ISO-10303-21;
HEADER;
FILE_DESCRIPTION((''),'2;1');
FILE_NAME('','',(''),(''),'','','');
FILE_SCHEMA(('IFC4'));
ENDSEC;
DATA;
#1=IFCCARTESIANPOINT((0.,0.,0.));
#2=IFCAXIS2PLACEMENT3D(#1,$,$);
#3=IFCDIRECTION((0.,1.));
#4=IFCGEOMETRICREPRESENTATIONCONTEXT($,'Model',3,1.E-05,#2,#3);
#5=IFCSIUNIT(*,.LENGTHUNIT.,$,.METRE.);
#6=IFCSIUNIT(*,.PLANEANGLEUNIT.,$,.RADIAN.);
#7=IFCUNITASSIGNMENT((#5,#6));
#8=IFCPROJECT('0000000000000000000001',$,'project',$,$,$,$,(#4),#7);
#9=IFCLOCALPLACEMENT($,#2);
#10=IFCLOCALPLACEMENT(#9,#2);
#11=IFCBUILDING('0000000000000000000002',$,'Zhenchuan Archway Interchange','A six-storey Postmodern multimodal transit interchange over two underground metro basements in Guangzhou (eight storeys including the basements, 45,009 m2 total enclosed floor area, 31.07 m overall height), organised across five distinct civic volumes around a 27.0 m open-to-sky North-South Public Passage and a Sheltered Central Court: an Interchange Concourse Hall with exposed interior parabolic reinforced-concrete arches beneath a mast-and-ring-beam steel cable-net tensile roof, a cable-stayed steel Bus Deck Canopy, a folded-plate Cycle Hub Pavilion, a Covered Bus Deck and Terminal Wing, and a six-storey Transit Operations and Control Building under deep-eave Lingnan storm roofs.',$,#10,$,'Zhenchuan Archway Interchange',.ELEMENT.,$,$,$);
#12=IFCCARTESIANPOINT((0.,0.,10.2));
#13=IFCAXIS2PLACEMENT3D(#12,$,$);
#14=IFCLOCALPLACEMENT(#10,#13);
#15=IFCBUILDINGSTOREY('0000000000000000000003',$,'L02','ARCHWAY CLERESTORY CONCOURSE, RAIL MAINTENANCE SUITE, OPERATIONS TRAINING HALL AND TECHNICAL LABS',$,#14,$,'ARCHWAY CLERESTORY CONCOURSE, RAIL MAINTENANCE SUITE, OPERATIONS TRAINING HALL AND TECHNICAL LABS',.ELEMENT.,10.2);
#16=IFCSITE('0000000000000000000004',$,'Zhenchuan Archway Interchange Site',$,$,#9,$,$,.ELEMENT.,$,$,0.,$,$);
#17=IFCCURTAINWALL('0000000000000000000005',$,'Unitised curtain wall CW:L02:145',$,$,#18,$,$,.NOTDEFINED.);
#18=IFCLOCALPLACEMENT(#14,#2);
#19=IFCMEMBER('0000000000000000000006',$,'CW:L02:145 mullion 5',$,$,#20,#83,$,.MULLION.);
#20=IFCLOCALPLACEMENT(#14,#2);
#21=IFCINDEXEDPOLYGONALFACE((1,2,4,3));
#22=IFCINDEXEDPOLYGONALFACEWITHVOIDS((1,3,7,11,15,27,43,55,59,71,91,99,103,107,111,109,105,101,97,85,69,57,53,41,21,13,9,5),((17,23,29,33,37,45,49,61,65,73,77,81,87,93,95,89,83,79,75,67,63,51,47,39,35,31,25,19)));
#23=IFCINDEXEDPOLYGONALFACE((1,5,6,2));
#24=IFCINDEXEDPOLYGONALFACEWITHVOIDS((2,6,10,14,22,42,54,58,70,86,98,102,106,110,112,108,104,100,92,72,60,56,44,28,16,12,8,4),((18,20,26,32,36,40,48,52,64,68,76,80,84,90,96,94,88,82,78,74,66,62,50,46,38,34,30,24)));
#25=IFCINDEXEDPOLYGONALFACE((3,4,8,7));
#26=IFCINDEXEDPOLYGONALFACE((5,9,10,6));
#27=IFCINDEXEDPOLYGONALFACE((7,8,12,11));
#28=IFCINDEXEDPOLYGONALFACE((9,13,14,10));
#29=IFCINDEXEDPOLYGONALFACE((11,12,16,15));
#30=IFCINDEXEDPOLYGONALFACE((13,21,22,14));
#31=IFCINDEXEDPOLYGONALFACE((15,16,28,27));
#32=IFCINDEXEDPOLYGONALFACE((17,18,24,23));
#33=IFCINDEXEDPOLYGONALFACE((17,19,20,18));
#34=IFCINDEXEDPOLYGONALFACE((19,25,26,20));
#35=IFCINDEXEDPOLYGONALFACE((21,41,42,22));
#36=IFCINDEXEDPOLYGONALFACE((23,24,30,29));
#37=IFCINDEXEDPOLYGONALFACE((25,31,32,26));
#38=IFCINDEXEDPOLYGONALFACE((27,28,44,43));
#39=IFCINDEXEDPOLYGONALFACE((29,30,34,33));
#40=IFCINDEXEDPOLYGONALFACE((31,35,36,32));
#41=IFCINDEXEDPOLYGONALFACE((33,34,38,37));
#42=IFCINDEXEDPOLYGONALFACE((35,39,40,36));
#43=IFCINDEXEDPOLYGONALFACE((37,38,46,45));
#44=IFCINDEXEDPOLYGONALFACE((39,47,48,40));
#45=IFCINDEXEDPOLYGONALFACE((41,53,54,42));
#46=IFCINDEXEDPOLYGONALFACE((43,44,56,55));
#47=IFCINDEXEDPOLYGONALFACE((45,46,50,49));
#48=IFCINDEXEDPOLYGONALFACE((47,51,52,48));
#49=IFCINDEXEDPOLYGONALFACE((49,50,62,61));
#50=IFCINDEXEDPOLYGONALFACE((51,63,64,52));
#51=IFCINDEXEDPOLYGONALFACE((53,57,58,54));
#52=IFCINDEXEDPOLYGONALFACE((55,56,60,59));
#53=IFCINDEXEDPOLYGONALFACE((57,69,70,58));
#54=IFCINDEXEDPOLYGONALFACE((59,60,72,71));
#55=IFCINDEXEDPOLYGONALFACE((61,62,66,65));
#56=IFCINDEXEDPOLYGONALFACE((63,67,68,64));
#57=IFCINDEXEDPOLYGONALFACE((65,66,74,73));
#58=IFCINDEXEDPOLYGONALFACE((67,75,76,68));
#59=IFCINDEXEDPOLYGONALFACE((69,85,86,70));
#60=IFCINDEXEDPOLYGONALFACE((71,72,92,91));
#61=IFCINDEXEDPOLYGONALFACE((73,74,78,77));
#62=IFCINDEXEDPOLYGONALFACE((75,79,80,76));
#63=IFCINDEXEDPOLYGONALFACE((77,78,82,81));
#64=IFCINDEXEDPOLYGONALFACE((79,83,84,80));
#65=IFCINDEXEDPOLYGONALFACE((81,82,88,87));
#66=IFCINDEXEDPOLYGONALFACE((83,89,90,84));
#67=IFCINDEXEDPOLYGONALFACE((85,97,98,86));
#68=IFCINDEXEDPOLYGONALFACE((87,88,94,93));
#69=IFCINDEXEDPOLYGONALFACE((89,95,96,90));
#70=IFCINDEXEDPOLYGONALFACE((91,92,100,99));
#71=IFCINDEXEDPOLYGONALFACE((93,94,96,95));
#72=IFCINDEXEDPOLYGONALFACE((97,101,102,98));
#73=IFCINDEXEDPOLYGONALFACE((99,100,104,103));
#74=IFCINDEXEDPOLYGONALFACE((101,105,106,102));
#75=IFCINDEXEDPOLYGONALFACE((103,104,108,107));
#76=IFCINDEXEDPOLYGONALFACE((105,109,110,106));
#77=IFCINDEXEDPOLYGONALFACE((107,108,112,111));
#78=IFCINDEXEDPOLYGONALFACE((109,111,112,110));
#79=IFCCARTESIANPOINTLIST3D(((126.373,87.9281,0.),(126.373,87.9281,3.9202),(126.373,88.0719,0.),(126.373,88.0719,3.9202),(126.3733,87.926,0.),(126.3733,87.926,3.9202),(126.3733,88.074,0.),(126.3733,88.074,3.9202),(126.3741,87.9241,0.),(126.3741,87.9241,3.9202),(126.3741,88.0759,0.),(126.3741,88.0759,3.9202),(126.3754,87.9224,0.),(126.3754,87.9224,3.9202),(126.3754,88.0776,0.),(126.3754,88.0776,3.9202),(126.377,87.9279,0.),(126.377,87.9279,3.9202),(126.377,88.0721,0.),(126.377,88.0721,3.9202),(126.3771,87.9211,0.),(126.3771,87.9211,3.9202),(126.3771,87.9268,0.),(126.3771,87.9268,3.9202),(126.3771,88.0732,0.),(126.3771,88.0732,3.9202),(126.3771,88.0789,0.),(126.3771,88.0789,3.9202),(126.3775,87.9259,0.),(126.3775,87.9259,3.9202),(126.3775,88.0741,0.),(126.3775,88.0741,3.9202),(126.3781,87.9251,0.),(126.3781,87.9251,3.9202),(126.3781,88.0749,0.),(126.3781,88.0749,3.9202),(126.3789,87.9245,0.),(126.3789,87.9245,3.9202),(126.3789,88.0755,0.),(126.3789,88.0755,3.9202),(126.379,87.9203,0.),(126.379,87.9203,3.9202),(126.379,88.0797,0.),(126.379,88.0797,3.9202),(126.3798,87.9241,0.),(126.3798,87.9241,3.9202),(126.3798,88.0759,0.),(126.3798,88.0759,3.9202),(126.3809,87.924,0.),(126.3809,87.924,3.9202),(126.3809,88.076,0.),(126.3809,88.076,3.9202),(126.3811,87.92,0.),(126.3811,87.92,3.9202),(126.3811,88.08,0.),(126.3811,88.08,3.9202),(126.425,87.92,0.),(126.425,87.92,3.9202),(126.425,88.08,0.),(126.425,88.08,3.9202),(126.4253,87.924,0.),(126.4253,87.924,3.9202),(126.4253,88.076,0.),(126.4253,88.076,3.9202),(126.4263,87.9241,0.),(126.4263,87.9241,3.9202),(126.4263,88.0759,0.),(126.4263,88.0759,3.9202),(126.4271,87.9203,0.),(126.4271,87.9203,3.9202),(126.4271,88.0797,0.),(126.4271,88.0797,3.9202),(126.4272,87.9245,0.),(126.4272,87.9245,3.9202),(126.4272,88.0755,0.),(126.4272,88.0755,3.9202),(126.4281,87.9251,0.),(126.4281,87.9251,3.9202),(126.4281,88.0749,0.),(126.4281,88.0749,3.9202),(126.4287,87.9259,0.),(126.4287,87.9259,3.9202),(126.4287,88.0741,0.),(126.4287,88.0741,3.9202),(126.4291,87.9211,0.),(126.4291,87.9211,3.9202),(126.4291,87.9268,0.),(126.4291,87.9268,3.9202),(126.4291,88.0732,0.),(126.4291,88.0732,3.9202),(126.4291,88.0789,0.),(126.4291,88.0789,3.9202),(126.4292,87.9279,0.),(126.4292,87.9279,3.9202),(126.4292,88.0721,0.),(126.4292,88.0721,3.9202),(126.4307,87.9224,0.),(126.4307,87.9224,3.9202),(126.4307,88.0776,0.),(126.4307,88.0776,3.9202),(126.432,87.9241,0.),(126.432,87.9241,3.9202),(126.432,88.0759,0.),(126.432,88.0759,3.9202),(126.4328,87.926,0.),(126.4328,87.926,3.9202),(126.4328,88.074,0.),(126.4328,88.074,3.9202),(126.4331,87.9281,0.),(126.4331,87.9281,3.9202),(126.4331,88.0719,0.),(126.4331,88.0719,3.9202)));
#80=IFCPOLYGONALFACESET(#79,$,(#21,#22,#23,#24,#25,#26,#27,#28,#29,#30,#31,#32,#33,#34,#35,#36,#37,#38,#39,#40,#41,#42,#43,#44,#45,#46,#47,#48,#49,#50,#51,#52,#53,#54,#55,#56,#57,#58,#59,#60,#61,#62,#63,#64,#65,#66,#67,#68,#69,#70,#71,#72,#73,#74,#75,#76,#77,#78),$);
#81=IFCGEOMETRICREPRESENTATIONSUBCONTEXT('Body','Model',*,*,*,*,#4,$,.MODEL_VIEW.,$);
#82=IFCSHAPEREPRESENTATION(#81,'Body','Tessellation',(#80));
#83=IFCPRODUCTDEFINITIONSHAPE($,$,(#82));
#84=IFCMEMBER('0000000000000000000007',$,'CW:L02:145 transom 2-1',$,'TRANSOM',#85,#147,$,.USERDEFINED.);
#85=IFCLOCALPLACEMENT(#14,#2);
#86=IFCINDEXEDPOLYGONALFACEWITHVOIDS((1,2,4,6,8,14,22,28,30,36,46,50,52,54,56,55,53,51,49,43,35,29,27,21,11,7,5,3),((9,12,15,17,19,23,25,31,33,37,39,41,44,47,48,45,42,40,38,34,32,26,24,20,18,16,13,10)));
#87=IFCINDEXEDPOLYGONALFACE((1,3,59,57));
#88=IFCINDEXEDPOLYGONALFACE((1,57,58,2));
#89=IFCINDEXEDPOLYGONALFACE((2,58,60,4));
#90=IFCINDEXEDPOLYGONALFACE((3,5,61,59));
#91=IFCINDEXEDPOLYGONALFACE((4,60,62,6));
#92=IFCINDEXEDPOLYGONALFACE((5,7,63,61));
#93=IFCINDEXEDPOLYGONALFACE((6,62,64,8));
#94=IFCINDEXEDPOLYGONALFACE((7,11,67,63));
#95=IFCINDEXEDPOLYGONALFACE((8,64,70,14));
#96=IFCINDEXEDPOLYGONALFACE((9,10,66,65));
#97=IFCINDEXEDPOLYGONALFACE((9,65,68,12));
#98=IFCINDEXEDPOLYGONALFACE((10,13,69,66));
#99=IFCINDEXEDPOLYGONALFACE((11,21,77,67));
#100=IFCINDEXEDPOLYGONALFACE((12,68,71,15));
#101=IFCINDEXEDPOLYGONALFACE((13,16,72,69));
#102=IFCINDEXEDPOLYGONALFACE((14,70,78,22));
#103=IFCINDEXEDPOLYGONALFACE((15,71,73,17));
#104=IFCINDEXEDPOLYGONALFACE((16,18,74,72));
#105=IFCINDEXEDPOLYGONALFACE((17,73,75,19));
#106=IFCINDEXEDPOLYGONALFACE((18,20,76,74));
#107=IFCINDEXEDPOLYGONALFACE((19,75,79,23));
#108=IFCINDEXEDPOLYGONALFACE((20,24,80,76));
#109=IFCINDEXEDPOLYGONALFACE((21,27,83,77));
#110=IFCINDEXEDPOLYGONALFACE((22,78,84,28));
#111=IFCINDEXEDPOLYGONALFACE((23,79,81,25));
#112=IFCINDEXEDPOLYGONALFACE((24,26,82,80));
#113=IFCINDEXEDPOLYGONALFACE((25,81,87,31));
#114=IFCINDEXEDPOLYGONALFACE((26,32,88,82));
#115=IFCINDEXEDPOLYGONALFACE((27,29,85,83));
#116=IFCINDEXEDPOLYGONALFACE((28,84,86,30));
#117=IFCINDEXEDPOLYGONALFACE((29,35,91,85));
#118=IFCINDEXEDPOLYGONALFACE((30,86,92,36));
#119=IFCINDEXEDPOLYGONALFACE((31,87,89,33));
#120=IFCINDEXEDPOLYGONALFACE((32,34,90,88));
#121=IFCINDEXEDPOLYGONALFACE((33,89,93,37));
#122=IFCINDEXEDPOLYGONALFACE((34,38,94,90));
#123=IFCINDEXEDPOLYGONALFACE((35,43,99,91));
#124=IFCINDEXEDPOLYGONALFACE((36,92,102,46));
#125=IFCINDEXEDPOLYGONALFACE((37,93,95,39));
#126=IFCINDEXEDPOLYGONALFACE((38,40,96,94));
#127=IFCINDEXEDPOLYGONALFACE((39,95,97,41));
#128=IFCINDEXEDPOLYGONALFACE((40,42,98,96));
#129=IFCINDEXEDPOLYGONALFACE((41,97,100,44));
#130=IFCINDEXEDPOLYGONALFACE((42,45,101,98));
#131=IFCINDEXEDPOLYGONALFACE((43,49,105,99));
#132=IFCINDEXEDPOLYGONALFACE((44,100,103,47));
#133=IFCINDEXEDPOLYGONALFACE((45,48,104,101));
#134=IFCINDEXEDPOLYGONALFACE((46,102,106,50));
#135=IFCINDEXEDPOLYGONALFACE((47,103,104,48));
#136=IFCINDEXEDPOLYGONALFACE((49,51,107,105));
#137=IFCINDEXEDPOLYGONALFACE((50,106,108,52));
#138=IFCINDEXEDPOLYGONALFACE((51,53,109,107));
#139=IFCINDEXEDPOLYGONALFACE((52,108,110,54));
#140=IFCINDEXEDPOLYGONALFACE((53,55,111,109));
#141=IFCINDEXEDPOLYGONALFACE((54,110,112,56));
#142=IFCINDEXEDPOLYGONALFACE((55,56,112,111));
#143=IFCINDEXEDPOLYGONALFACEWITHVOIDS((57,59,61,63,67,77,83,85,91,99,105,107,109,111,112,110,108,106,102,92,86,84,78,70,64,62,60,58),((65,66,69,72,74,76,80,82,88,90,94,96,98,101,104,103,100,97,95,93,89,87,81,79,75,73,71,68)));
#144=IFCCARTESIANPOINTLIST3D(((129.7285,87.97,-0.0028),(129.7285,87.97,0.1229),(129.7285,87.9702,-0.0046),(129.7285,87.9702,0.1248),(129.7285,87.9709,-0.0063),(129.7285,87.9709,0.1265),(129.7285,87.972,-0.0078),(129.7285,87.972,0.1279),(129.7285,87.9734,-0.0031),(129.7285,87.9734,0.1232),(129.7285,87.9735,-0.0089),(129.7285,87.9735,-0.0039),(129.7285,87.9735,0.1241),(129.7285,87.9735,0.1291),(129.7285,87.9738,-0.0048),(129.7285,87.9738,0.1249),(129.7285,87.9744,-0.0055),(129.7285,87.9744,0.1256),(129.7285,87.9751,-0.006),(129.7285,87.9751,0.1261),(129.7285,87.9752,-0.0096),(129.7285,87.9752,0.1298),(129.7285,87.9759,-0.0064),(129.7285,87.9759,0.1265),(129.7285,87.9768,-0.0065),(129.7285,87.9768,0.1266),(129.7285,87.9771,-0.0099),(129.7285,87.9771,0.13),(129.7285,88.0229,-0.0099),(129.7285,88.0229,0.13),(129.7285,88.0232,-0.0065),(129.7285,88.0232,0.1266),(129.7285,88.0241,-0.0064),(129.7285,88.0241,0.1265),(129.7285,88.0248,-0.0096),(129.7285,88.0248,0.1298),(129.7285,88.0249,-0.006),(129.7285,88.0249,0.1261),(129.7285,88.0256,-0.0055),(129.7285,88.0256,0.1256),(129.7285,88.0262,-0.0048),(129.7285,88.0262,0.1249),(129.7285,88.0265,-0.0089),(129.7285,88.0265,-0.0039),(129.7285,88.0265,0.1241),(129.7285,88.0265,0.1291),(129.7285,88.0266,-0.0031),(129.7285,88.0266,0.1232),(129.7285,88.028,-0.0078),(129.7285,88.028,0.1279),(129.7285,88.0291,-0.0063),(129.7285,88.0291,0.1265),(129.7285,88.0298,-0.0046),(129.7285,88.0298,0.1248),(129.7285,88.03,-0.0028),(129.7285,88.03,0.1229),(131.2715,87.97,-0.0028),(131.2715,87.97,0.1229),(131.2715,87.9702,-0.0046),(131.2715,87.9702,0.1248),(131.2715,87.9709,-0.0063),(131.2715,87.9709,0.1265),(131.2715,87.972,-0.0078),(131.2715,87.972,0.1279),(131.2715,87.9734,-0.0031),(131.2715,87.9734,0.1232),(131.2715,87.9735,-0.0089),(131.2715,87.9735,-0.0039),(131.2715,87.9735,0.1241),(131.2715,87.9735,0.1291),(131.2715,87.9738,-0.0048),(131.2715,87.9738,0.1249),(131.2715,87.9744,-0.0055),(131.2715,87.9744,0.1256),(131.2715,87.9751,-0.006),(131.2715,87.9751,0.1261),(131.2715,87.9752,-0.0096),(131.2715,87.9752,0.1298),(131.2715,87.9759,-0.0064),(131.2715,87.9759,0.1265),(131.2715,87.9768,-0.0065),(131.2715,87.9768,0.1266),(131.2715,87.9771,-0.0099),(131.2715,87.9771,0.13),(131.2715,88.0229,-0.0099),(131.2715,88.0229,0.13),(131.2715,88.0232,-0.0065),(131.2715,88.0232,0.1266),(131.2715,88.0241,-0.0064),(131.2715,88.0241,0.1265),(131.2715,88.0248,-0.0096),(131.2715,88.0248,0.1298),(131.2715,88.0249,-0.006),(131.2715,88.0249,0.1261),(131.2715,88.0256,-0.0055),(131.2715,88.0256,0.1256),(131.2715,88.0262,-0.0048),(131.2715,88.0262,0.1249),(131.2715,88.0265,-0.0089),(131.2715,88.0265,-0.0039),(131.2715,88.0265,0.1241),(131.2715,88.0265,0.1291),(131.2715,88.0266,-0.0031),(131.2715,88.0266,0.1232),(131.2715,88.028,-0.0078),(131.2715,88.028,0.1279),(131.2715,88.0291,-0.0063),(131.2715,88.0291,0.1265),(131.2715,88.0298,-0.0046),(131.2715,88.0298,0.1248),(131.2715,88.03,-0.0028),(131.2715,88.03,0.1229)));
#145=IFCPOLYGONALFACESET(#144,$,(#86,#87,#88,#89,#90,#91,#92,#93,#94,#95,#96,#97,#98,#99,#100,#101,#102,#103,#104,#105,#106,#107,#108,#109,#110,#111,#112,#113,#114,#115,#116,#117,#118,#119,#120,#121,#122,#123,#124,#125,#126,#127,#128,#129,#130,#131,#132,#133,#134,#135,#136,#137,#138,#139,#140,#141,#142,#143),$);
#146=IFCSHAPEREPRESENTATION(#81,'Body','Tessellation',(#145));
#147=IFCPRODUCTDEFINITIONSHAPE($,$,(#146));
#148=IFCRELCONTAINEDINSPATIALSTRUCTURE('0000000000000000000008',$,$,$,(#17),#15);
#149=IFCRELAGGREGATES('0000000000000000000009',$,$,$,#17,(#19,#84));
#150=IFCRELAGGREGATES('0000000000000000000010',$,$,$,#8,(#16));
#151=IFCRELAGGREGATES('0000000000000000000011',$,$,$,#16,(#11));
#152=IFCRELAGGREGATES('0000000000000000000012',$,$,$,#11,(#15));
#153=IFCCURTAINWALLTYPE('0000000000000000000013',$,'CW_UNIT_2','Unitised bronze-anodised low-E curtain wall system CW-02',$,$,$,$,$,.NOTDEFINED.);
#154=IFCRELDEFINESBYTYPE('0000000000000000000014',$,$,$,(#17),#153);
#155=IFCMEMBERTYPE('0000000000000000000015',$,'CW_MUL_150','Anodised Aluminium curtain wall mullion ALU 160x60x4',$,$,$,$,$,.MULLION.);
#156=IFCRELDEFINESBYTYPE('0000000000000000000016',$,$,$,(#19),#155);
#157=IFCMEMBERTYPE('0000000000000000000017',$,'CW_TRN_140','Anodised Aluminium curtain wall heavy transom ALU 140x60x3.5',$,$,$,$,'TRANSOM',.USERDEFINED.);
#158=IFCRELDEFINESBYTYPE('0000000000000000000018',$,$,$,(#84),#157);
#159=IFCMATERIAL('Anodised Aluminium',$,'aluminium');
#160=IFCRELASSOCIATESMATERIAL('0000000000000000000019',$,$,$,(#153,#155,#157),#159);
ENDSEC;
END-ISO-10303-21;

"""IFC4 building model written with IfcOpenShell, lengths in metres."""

from ifc_helpers import new_model, si_unit, direction, frame, origin, origin_2d, place, context, subcontext, project, spatial, hollow_rectangle, extrude, material, material_profile, profile_set, type_object, element, aggregate, save


model = new_model("IFC4")

# Units and contexts
model_context = context("Model", 3, precision=1e-05, world=origin(), true_north=direction((0.0, 1.0)))
body_context = subcontext(model_context, "Body", "Model", "MODEL_VIEW")
ifc_project = project(units=[si_unit("LENGTHUNIT", "METRE"), si_unit("PLANEANGLEUNIT", "RADIAN")], contexts=[model_context])

# Site, building, storey
site_placement = place(None, origin())
site = spatial("IfcSite", under=ifc_project, at=site_placement, Name="Zhenchuan Archway Interchange Site", CompositionType="ELEMENT", RefElevation=0.0)
building_placement = place(site_placement, origin())
building = spatial("IfcBuilding", under=site, at=building_placement, Name="Zhenchuan Archway Interchange", Description="A six-storey Postmodern multimodal transit interchange over two underground metro basements in Guangzhou (eight storeys including the basements, 45,009 m2 total enclosed floor area, 31.07 m overall height), organised across five distinct civic volumes around a 27.0 m open-to-sky North-South Public Passage and a Sheltered Central Court: an Interchange Concourse Hall with exposed interior parabolic reinforced-concrete arches beneath a mast-and-ring-beam steel cable-net tensile roof, a cable-stayed steel Bus Deck Canopy, a folded-plate Cycle Hub Pavilion, a Covered Bus Deck and Terminal Wing, and a six-storey Transit Operations and Control Building under deep-eave Lingnan storm roofs.", LongName="Zhenchuan Archway Interchange", CompositionType="ELEMENT")
storey_placement = place(building_placement, frame((0.0, 0.0, 10.2)))
storey = spatial("IfcBuildingStorey", under=building, at=storey_placement, Name="L02", Description="ARCHWAY CLERESTORY CONCOURSE, RAIL MAINTENANCE SUITE, OPERATIONS TRAINING HALL AND TECHNICAL LABS", LongName="ARCHWAY CLERESTORY CONCOURSE, RAIL MAINTENANCE SUITE, OPERATIONS TRAINING HALL AND TECHNICAL LABS", CompositionType="ELEMENT", Elevation=10.2)

# Curtain wall, members
ifc_material_1 = material(Name="Anodised Aluminium", Category="aluminium")
curtain_wall_type = type_object("IfcCurtainWallType", Name="CW_UNIT_2", Description="Unitised bronze-anodised low-E curtain wall system CW-02", PredefinedType="NOTDEFINED", material=ifc_material_1)
curtain_wall_placement = place(storey_placement, origin())
curtain_wall = element("IfcCurtainWall", 1, at=curtain_wall_placement, inside=storey, type_object=curtain_wall_type, Name="Unitised curtain wall CW:L02:145", PredefinedType="NOTDEFINED")
ifc_material_profile_1 = material_profile(ifc_material_1, hollow_rectangle(XDim=0.0601, YDim=0.1599, WallThickness=0.0039, InnerFilletRadius=0.0039, OuterFilletRadius=0.0081, at=origin_2d()), Name="ALU 160x60x4")
ifc_profile_set_1 = profile_set([ifc_material_profile_1], Name="Anodised Aluminium")
member_type_1 = type_object("IfcMemberType", Name="CW_MUL_150", Description="Anodised Aluminium curtain wall mullion ALU 160x60x4", PredefinedType="MULLION", material=ifc_profile_set_1)
member_1_placement = place(storey_placement, frame((126.4031, 88.0, 0.0), z_axis=(0.0, 0.0, 1.0), x_axis=(1.0, 0.0, 0.0)))
member_1 = element("IfcMember", 2, at=member_1_placement, type_object=member_type_1, Name="CW:L02:145 mullion 5", PredefinedType="MULLION", context=body_context, shape_type="SweptSolid", body=[
    extrude(hollow_rectangle(XDim=0.0601, YDim=0.1599, WallThickness=0.0039, InnerFilletRadius=0.0039, OuterFilletRadius=0.0081, at=origin_2d()), origin(), (0.0, 0.0, 1.0), 3.9202),
])
ifc_material_profile_2 = material_profile(ifc_material_1, hollow_rectangle(XDim=0.0601, YDim=0.1399, WallThickness=0.0034, InnerFilletRadius=0.0034, OuterFilletRadius=0.0071, at=origin_2d()), Name="ALU 140x60x3.5")
ifc_profile_set_2 = profile_set([ifc_material_profile_2], Name="Anodised Aluminium")
member_type_2 = type_object("IfcMemberType", Name="CW_TRN_140", Description="Anodised Aluminium curtain wall heavy transom ALU 140x60x3.5", ElementType="TRANSOM", PredefinedType="USERDEFINED", material=ifc_profile_set_2)
member_2_placement = place(storey_placement, frame((131.2715, 88.0, 0.0601), z_axis=(-1.0, 0.0, 0.0), x_axis=(0.0, -1.0, 0.0)))
member_2 = element("IfcMember", 3, at=member_2_placement, type_object=member_type_2, Name="CW:L02:145 transom 2-1", ObjectType="TRANSOM", PredefinedType="USERDEFINED", context=body_context, shape_type="SweptSolid", body=[
    extrude(hollow_rectangle(XDim=0.0601, YDim=0.1399, WallThickness=0.0034, InnerFilletRadius=0.0034, OuterFilletRadius=0.0071, at=origin_2d()), origin(), (0.0, 0.0, 1.0), 1.543),
])

aggregate(curtain_wall, [member_1, member_2])

save(model, "model.ifc")
